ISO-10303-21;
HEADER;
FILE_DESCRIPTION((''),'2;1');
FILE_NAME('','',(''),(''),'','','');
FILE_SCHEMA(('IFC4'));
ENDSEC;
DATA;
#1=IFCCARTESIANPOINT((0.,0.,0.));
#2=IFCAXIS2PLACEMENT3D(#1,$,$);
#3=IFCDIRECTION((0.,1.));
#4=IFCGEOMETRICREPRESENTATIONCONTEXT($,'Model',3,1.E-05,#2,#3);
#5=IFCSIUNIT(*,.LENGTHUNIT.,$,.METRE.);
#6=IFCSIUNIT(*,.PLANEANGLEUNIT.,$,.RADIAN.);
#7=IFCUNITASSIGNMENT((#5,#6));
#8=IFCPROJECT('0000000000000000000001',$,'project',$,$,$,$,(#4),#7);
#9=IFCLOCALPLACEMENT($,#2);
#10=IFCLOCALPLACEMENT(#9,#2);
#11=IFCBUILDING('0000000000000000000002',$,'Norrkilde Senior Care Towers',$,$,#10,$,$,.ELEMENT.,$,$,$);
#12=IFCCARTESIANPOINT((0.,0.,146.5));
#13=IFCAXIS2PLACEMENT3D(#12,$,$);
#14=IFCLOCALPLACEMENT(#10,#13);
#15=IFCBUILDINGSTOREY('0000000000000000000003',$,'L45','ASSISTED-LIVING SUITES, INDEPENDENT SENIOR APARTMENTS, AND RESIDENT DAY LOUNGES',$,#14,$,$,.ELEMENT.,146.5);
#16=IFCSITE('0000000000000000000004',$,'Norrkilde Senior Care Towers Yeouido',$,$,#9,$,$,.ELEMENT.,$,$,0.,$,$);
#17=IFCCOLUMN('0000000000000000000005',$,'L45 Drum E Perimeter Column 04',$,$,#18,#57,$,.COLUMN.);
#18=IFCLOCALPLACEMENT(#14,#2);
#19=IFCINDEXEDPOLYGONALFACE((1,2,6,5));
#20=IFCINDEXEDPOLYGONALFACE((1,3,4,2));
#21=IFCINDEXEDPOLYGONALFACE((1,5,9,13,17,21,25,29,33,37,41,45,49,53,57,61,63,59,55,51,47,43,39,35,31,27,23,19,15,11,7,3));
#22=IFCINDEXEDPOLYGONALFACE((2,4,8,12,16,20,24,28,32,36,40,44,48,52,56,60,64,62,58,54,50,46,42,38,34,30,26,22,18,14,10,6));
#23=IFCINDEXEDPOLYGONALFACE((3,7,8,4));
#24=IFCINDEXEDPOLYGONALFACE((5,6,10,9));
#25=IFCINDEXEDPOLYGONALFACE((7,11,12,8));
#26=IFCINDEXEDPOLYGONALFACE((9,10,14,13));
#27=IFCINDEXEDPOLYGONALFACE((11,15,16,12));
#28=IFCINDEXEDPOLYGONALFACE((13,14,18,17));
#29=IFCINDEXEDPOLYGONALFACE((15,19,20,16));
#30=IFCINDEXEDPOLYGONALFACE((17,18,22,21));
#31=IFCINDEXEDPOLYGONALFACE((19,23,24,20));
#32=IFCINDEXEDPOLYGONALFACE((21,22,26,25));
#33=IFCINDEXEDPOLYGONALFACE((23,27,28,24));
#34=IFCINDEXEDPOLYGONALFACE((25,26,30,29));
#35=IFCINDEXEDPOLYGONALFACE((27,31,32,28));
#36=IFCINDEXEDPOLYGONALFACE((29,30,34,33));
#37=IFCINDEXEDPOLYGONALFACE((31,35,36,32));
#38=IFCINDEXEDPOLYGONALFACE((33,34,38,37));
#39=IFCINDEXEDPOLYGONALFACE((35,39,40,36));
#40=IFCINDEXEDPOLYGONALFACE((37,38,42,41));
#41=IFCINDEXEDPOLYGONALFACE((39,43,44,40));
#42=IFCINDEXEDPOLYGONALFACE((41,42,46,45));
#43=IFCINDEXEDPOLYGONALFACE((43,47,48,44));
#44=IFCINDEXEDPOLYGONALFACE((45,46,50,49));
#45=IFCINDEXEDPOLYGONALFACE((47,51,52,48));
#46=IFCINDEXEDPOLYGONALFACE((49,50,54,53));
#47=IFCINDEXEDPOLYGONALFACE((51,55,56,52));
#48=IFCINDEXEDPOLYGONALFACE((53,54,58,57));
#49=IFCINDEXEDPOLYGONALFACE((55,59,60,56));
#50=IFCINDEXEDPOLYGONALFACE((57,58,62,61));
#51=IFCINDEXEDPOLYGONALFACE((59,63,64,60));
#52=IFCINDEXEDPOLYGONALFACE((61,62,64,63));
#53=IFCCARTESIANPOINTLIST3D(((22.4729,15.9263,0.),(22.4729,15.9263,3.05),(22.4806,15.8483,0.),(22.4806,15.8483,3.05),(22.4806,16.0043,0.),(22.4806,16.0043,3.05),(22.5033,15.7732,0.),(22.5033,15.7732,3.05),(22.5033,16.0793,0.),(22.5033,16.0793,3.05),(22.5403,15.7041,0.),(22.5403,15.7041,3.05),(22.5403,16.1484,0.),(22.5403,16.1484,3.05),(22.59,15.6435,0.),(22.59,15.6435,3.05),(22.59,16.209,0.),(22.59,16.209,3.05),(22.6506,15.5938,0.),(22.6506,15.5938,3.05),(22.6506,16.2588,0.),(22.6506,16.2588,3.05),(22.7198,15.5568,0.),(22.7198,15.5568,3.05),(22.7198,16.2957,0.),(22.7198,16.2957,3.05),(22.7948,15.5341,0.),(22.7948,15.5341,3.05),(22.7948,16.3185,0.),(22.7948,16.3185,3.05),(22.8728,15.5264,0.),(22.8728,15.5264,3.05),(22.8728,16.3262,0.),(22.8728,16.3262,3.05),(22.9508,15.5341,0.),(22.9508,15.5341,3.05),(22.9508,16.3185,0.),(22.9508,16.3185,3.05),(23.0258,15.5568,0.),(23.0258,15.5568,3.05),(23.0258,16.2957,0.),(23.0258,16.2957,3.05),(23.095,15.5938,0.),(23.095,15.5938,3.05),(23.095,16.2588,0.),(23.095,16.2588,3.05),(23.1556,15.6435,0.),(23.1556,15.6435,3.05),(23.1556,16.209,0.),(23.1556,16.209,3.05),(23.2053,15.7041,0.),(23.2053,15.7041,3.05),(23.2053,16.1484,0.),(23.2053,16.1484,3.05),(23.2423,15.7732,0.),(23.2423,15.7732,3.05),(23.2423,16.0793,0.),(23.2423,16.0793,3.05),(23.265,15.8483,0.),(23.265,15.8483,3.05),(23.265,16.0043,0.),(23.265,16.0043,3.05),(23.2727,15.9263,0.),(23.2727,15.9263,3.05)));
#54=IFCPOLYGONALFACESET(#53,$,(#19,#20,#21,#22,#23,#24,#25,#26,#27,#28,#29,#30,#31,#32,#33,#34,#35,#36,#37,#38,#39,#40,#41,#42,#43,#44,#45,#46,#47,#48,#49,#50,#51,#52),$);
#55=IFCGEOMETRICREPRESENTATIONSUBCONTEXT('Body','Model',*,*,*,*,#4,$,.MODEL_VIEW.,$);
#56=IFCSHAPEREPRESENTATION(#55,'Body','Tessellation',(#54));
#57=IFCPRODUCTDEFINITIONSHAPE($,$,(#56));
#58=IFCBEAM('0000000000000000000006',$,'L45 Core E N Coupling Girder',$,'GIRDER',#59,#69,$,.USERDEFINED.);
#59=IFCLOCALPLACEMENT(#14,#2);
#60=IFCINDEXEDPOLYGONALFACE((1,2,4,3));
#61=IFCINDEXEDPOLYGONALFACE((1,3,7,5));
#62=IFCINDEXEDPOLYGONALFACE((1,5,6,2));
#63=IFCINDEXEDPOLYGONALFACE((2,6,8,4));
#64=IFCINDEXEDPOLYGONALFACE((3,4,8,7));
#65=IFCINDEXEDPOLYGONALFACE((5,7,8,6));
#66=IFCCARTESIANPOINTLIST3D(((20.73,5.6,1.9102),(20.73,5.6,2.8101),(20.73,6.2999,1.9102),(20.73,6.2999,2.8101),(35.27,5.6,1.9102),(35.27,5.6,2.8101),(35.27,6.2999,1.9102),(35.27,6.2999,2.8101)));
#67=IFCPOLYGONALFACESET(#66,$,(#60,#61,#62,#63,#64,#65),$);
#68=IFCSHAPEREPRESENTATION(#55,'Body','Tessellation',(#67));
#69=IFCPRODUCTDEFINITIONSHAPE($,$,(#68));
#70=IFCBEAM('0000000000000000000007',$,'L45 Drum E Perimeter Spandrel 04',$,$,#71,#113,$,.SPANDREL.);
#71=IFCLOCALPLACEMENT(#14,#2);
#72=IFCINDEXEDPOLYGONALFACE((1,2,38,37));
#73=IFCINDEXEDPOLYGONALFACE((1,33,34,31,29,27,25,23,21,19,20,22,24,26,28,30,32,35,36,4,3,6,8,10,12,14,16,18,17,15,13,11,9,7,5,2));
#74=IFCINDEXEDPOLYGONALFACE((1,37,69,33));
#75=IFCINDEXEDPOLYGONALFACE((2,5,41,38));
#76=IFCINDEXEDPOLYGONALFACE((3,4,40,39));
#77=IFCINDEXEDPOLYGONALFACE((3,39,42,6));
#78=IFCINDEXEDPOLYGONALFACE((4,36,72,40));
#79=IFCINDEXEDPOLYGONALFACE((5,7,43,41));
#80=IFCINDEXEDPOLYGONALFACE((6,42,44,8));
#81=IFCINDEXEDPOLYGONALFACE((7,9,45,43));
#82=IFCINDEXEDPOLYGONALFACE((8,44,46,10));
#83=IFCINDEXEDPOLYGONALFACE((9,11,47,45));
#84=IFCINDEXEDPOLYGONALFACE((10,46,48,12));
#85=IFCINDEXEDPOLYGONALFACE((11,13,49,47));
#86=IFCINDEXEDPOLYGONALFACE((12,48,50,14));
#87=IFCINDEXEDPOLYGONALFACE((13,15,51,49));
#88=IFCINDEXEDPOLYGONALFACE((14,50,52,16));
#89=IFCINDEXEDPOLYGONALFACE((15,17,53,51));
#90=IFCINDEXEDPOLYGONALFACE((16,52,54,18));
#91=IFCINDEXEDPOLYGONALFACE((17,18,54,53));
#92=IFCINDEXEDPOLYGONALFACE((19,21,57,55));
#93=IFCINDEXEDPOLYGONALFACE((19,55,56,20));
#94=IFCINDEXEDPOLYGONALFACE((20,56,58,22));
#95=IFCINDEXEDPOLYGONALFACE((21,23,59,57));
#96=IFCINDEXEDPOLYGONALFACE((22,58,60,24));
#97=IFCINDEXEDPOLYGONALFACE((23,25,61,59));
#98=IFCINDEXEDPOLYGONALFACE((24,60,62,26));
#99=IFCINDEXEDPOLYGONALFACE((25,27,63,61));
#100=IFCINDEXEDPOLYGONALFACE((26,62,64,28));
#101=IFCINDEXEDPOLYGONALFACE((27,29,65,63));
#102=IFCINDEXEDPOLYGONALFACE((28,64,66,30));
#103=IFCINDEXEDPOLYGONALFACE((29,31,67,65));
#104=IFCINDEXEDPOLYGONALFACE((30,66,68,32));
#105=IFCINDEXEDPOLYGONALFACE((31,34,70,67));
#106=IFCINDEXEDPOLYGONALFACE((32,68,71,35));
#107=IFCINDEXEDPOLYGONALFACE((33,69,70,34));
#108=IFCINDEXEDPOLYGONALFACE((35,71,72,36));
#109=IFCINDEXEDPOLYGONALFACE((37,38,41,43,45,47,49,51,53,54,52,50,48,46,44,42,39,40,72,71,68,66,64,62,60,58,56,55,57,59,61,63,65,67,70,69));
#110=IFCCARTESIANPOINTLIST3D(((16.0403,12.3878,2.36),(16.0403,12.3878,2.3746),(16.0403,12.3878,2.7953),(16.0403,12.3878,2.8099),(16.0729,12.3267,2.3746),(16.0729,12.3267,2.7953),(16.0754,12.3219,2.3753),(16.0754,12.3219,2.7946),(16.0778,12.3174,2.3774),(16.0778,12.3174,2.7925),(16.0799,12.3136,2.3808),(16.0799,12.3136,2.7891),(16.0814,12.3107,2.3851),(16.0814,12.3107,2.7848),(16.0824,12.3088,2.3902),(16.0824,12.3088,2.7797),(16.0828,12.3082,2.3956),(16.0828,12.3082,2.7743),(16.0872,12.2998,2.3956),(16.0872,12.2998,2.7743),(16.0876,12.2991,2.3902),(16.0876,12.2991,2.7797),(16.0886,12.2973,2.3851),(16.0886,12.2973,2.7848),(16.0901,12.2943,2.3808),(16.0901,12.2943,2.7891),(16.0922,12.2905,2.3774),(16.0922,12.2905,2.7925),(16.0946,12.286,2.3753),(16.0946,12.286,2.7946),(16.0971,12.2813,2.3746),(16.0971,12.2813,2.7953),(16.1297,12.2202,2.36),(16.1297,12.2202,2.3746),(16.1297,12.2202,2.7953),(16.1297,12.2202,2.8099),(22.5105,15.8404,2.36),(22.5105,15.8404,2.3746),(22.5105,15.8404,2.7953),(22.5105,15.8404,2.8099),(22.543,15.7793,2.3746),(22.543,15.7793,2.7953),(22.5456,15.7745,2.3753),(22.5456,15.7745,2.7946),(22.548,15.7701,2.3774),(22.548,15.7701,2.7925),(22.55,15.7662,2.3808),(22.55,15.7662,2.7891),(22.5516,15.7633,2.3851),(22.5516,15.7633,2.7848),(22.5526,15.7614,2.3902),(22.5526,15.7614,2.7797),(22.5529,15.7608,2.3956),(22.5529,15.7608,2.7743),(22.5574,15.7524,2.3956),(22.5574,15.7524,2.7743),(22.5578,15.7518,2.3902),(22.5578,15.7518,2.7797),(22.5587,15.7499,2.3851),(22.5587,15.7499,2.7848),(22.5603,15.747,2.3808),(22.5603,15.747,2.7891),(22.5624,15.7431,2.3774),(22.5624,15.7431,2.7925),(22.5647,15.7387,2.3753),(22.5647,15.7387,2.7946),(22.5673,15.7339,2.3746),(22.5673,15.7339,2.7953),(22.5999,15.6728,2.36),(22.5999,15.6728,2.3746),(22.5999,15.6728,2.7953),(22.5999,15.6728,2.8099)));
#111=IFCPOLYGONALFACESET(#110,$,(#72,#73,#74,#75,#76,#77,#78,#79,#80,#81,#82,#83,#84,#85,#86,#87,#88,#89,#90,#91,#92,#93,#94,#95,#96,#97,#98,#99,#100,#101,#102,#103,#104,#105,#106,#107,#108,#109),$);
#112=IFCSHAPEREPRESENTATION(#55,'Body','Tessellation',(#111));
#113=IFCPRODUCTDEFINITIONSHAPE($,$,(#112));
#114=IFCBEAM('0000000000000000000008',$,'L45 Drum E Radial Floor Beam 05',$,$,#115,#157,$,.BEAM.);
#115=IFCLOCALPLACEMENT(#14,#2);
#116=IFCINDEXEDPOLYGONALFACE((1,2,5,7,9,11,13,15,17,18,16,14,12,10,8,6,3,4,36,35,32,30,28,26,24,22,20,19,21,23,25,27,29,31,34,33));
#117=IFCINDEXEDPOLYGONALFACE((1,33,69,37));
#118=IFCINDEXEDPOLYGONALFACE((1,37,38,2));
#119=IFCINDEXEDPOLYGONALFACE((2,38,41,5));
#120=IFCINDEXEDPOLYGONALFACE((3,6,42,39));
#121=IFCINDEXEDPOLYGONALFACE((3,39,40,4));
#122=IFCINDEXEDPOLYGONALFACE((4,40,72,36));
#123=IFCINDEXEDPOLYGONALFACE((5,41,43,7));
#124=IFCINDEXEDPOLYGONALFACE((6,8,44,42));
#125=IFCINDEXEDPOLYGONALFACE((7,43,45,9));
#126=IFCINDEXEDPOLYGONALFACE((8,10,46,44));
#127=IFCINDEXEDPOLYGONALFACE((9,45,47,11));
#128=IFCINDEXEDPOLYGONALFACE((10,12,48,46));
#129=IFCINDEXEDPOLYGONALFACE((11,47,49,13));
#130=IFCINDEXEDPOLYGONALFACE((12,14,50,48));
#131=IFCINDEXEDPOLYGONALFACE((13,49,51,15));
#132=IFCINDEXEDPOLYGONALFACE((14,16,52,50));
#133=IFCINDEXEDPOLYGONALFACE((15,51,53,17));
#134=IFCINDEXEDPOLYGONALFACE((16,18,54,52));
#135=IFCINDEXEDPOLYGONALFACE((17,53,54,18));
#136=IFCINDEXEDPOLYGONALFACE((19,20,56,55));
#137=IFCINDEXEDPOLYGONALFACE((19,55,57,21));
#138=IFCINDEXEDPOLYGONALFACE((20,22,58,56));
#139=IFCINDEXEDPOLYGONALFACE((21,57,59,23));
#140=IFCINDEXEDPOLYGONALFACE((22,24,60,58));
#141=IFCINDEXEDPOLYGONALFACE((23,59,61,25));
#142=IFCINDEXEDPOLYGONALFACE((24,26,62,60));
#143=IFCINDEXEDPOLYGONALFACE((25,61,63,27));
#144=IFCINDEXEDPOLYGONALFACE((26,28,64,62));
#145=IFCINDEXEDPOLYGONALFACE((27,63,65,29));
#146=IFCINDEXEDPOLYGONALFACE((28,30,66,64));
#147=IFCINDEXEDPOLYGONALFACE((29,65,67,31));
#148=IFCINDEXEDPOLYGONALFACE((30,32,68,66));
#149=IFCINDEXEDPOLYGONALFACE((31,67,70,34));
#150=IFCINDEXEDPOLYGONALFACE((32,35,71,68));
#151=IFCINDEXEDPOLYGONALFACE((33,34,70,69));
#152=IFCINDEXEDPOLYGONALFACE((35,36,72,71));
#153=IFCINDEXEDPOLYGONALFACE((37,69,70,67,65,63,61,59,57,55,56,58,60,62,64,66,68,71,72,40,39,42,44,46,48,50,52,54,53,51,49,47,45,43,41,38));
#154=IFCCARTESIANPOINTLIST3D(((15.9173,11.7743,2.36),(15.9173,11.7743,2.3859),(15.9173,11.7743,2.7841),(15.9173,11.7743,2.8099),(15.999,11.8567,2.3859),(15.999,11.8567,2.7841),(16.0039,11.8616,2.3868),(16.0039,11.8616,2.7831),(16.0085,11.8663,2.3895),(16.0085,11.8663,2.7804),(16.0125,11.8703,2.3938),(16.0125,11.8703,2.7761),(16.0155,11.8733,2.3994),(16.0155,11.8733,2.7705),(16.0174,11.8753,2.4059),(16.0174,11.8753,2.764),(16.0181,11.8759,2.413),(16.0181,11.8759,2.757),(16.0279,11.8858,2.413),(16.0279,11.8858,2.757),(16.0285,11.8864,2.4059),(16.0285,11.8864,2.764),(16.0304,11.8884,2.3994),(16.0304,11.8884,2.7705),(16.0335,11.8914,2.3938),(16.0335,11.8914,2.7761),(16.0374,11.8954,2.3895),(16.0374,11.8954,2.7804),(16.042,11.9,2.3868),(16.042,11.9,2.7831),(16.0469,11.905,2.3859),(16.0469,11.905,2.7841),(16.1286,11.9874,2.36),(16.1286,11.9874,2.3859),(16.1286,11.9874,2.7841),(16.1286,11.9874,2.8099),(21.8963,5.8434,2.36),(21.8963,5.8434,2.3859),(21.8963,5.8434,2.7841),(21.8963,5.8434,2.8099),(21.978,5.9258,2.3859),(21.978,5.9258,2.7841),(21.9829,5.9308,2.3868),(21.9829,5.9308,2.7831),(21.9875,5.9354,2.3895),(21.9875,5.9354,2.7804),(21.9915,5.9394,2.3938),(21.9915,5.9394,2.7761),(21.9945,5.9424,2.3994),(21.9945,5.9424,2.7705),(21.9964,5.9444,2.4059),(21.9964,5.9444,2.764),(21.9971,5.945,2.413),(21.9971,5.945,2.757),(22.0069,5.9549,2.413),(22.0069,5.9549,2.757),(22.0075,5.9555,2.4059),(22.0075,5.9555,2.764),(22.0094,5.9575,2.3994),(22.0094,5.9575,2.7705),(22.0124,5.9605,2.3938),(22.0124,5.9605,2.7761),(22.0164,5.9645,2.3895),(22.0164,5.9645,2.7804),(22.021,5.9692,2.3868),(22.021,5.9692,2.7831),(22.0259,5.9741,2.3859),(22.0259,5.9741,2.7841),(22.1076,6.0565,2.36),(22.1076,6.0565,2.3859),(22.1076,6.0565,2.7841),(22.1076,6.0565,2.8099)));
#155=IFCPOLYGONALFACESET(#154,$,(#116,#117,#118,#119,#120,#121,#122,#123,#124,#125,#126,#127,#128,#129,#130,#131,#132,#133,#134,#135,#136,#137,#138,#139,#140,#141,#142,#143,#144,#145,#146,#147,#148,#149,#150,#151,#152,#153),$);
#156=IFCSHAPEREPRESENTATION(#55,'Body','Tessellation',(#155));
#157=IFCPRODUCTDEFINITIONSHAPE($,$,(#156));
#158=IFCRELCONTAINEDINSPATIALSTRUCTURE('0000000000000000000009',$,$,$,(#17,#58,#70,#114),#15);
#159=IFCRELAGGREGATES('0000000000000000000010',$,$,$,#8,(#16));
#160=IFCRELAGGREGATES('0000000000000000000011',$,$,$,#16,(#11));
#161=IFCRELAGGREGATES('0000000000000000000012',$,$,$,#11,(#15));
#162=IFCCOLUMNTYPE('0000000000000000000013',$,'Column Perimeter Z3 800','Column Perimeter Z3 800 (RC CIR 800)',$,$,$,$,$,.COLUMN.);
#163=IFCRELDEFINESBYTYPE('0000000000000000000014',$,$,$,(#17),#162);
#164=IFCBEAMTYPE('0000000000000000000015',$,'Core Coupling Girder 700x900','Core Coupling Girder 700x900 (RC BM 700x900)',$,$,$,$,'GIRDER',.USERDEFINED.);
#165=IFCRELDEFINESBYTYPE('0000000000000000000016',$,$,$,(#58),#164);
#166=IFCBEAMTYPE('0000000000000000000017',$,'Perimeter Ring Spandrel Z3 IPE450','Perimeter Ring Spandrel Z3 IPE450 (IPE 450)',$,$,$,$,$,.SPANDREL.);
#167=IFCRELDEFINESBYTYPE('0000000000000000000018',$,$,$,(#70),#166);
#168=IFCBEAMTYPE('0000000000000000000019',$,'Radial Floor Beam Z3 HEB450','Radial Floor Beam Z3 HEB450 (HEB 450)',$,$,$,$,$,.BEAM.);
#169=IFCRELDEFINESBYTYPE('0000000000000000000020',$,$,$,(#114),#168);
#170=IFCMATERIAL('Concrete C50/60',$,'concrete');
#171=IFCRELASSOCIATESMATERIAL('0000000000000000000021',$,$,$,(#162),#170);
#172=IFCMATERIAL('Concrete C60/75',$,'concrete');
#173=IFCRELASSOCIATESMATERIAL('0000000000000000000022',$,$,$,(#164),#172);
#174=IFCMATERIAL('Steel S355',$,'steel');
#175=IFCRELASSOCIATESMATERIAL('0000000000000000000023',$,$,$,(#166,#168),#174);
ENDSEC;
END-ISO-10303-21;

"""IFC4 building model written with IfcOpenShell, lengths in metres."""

from ifc_helpers import new_model, si_unit, direction, frame, origin, origin_2d, place, context, subcontext, project, spatial, rectangle, circle, i_section, extrude, source, transform, mapped, material, material_profile, profile_set, type_object, type_shapes, element, save


model = new_model("IFC4")

# Units and contexts
model_context = context("Model", 3, precision=1e-05, world=origin(), true_north=direction((0.0, 1.0)))
body_context = subcontext(model_context, "Body", "Model", "MODEL_VIEW")
ifc_project = project(units=[si_unit("LENGTHUNIT", "METRE"), si_unit("PLANEANGLEUNIT", "RADIAN")], contexts=[model_context])

# Site, building, storey
site_placement = place(None, origin())
site = spatial("IfcSite", under=ifc_project, at=site_placement, Name="Norrkilde Senior Care Towers Yeouido", CompositionType="ELEMENT", RefElevation=0.0)
building_placement = place(site_placement, origin())
building = spatial("IfcBuilding", under=site, at=building_placement, Name="Norrkilde Senior Care Towers", CompositionType="ELEMENT")
storey_placement = place(building_placement, frame((0.0, 0.0, 146.5)))
storey = spatial("IfcBuildingStorey", under=building, at=storey_placement, Name="L45", Description="ASSISTED-LIVING SUITES, INDEPENDENT SENIOR APARTMENTS, AND RESIDENT DAY LOUNGES", CompositionType="ELEMENT", Elevation=146.5)

# Column
ifc_material_1 = material(Name="Concrete C50/60", Category="concrete")
ifc_material_profile_1 = material_profile(ifc_material_1, circle(Radius=0.3999, at=origin_2d()), Name="RC CIR 800")
ifc_profile_set_1 = profile_set([ifc_material_profile_1], Name="Concrete C50/60")
column_type = type_object("IfcColumnType", Name="Column Perimeter Z3 800", Description="Column Perimeter Z3 800 (RC CIR 800)", PredefinedType="COLUMN", material=ifc_profile_set_1)
shared_shape_1 = source(origin(), body_context, "Body", "SweptSolid", [
    extrude(circle(Radius=0.3999, at=origin_2d()), origin(), (0.0, 0.0, 1.0), 3.05),
])
type_shapes(column_type, [shared_shape_1])
column_placement = place(storey_placement, frame((22.8728, 15.9263, 0.0), z_axis=(0.0, 0.0, 1.0), x_axis=(1.0, 0.0, 0.0)))
element("IfcColumn", 1, at=column_placement, inside=storey, type_object=column_type, Name="L45 Drum E Perimeter Column 04", PredefinedType="COLUMN", context=body_context, shape_type="MappedRepresentation", body=[
    mapped(shared_shape_1, transform((0.0, 0.0, 0.0), x_axis=(1.0, 0.0, 0.0), y_axis=(0.0, 1.0, 0.0), z_axis=(0.0, 0.0, 1.0), scale=1.0)),
])

# Beams
ifc_material_2 = material(Name="Concrete C60/75", Category="concrete")
ifc_material_profile_2 = material_profile(ifc_material_2, rectangle(XDim=0.7, YDim=0.8999, at=origin_2d()), Name="RC BM 700x900")
ifc_profile_set_2 = profile_set([ifc_material_profile_2], Name="Concrete C60/75")
beam_type_1 = type_object("IfcBeamType", Name="Core Coupling Girder 700x900", Description="Core Coupling Girder 700x900 (RC BM 700x900)", ElementType="GIRDER", PredefinedType="USERDEFINED", material=ifc_profile_set_2)
shared_shape_2 = source(origin(), body_context, "Body", "SweptSolid", [
    extrude(rectangle(XDim=0.7, YDim=0.8999, at=origin_2d()), origin(), (0.0, 0.0, 1.0), 14.54),
])
type_shapes(beam_type_1, [shared_shape_2])
beam_1_placement = place(storey_placement, frame((20.73, 5.95, 2.3601), z_axis=(1.0, 0.0, 0.0), x_axis=(0.0, 1.0, 0.0)))
element("IfcBeam", 2, at=beam_1_placement, inside=storey, type_object=beam_type_1, Name="L45 Core E N Coupling Girder", ObjectType="GIRDER", PredefinedType="USERDEFINED", context=body_context, shape_type="MappedRepresentation", body=[
    mapped(shared_shape_2, transform((0.0, 0.0, 0.0), x_axis=(1.0, 0.0, 0.0), y_axis=(0.0, 1.0, 0.0), z_axis=(0.0, 0.0, 1.0), scale=1.0)),
])
ifc_material_3 = material(Name="Steel S355", Category="steel")
ifc_material_profile_3 = material_profile(ifc_material_3, i_section(OverallWidth=0.1899, OverallDepth=0.45, WebThickness=0.0095, FlangeThickness=0.0146, FilletRadius=0.021, at=origin_2d()), Name="IPE 450")
ifc_profile_set_3 = profile_set([ifc_material_profile_3], Name="Steel S355")
beam_type_2 = type_object("IfcBeamType", Name="Perimeter Ring Spandrel Z3 IPE450", Description="Perimeter Ring Spandrel Z3 IPE450 (IPE 450)", PredefinedType="SPANDREL", material=ifc_profile_set_3)
shared_shape_3 = source(origin(), body_context, "Body", "SweptSolid", [
    extrude(i_section(OverallWidth=0.1899, OverallDepth=0.45, WebThickness=0.0095, FlangeThickness=0.0146, FilletRadius=0.021, at=origin_2d()), origin(), (0.0, 0.0, 1.0), 7.3337),
])
type_shapes(beam_type_2, [shared_shape_3])
beam_2_placement = place(storey_placement, frame((22.5552, 15.7566, 2.585), z_axis=(-0.882248, -0.470785, 0.0), x_axis=(0.470785, -0.882248, 0.0)))
element("IfcBeam", 3, at=beam_2_placement, inside=storey, type_object=beam_type_2, Name="L45 Drum E Perimeter Spandrel 04", PredefinedType="SPANDREL", context=body_context, shape_type="MappedRepresentation", body=[
    mapped(shared_shape_3, transform((0.0, 0.0, 0.0), x_axis=(1.0, 0.0, 0.0), y_axis=(0.0, 1.0, 0.0), z_axis=(0.0, 0.0, 1.0), scale=1.0)),
])
ifc_material_profile_4 = material_profile(ifc_material_3, i_section(OverallWidth=0.3, OverallDepth=0.45, WebThickness=0.0139, FlangeThickness=0.0259, FilletRadius=0.0271, at=origin_2d()), Name="HEB 450")
ifc_profile_set_4 = profile_set([ifc_material_profile_4], Name="Steel S355")
beam_type_3 = type_object("IfcBeamType", Name="Radial Floor Beam Z3 HEB450", Description="Radial Floor Beam Z3 HEB450 (HEB 450)", PredefinedType="BEAM", material=ifc_profile_set_4)
shared_shape_4 = source(origin(), body_context, "Body", "SweptSolid", [
    extrude(i_section(OverallWidth=0.3, OverallDepth=0.45, WebThickness=0.0139, FlangeThickness=0.0259, FilletRadius=0.0271, at=origin_2d()), origin(), (0.0, 0.0, 1.0), 8.4216),
])
beam_3_placement = place(storey_placement, frame((22.002, 5.95, 2.585), z_axis=(-0.709956, 0.704246, 0.0), x_axis=(-0.704246, -0.709956, 0.0)))
element("IfcBeam", 4, at=beam_3_placement, inside=storey, type_object=beam_type_3, Name="L45 Drum E Radial Floor Beam 05", PredefinedType="BEAM", context=body_context, shape_type="MappedRepresentation", body=[
    mapped(shared_shape_4, transform((0.0, 0.0, 0.0), x_axis=(1.0, 0.0, 0.0), y_axis=(0.0, 1.0, 0.0), z_axis=(0.0, 0.0, 1.0), scale=1.0)),
])

save(model, "model.ifc")
